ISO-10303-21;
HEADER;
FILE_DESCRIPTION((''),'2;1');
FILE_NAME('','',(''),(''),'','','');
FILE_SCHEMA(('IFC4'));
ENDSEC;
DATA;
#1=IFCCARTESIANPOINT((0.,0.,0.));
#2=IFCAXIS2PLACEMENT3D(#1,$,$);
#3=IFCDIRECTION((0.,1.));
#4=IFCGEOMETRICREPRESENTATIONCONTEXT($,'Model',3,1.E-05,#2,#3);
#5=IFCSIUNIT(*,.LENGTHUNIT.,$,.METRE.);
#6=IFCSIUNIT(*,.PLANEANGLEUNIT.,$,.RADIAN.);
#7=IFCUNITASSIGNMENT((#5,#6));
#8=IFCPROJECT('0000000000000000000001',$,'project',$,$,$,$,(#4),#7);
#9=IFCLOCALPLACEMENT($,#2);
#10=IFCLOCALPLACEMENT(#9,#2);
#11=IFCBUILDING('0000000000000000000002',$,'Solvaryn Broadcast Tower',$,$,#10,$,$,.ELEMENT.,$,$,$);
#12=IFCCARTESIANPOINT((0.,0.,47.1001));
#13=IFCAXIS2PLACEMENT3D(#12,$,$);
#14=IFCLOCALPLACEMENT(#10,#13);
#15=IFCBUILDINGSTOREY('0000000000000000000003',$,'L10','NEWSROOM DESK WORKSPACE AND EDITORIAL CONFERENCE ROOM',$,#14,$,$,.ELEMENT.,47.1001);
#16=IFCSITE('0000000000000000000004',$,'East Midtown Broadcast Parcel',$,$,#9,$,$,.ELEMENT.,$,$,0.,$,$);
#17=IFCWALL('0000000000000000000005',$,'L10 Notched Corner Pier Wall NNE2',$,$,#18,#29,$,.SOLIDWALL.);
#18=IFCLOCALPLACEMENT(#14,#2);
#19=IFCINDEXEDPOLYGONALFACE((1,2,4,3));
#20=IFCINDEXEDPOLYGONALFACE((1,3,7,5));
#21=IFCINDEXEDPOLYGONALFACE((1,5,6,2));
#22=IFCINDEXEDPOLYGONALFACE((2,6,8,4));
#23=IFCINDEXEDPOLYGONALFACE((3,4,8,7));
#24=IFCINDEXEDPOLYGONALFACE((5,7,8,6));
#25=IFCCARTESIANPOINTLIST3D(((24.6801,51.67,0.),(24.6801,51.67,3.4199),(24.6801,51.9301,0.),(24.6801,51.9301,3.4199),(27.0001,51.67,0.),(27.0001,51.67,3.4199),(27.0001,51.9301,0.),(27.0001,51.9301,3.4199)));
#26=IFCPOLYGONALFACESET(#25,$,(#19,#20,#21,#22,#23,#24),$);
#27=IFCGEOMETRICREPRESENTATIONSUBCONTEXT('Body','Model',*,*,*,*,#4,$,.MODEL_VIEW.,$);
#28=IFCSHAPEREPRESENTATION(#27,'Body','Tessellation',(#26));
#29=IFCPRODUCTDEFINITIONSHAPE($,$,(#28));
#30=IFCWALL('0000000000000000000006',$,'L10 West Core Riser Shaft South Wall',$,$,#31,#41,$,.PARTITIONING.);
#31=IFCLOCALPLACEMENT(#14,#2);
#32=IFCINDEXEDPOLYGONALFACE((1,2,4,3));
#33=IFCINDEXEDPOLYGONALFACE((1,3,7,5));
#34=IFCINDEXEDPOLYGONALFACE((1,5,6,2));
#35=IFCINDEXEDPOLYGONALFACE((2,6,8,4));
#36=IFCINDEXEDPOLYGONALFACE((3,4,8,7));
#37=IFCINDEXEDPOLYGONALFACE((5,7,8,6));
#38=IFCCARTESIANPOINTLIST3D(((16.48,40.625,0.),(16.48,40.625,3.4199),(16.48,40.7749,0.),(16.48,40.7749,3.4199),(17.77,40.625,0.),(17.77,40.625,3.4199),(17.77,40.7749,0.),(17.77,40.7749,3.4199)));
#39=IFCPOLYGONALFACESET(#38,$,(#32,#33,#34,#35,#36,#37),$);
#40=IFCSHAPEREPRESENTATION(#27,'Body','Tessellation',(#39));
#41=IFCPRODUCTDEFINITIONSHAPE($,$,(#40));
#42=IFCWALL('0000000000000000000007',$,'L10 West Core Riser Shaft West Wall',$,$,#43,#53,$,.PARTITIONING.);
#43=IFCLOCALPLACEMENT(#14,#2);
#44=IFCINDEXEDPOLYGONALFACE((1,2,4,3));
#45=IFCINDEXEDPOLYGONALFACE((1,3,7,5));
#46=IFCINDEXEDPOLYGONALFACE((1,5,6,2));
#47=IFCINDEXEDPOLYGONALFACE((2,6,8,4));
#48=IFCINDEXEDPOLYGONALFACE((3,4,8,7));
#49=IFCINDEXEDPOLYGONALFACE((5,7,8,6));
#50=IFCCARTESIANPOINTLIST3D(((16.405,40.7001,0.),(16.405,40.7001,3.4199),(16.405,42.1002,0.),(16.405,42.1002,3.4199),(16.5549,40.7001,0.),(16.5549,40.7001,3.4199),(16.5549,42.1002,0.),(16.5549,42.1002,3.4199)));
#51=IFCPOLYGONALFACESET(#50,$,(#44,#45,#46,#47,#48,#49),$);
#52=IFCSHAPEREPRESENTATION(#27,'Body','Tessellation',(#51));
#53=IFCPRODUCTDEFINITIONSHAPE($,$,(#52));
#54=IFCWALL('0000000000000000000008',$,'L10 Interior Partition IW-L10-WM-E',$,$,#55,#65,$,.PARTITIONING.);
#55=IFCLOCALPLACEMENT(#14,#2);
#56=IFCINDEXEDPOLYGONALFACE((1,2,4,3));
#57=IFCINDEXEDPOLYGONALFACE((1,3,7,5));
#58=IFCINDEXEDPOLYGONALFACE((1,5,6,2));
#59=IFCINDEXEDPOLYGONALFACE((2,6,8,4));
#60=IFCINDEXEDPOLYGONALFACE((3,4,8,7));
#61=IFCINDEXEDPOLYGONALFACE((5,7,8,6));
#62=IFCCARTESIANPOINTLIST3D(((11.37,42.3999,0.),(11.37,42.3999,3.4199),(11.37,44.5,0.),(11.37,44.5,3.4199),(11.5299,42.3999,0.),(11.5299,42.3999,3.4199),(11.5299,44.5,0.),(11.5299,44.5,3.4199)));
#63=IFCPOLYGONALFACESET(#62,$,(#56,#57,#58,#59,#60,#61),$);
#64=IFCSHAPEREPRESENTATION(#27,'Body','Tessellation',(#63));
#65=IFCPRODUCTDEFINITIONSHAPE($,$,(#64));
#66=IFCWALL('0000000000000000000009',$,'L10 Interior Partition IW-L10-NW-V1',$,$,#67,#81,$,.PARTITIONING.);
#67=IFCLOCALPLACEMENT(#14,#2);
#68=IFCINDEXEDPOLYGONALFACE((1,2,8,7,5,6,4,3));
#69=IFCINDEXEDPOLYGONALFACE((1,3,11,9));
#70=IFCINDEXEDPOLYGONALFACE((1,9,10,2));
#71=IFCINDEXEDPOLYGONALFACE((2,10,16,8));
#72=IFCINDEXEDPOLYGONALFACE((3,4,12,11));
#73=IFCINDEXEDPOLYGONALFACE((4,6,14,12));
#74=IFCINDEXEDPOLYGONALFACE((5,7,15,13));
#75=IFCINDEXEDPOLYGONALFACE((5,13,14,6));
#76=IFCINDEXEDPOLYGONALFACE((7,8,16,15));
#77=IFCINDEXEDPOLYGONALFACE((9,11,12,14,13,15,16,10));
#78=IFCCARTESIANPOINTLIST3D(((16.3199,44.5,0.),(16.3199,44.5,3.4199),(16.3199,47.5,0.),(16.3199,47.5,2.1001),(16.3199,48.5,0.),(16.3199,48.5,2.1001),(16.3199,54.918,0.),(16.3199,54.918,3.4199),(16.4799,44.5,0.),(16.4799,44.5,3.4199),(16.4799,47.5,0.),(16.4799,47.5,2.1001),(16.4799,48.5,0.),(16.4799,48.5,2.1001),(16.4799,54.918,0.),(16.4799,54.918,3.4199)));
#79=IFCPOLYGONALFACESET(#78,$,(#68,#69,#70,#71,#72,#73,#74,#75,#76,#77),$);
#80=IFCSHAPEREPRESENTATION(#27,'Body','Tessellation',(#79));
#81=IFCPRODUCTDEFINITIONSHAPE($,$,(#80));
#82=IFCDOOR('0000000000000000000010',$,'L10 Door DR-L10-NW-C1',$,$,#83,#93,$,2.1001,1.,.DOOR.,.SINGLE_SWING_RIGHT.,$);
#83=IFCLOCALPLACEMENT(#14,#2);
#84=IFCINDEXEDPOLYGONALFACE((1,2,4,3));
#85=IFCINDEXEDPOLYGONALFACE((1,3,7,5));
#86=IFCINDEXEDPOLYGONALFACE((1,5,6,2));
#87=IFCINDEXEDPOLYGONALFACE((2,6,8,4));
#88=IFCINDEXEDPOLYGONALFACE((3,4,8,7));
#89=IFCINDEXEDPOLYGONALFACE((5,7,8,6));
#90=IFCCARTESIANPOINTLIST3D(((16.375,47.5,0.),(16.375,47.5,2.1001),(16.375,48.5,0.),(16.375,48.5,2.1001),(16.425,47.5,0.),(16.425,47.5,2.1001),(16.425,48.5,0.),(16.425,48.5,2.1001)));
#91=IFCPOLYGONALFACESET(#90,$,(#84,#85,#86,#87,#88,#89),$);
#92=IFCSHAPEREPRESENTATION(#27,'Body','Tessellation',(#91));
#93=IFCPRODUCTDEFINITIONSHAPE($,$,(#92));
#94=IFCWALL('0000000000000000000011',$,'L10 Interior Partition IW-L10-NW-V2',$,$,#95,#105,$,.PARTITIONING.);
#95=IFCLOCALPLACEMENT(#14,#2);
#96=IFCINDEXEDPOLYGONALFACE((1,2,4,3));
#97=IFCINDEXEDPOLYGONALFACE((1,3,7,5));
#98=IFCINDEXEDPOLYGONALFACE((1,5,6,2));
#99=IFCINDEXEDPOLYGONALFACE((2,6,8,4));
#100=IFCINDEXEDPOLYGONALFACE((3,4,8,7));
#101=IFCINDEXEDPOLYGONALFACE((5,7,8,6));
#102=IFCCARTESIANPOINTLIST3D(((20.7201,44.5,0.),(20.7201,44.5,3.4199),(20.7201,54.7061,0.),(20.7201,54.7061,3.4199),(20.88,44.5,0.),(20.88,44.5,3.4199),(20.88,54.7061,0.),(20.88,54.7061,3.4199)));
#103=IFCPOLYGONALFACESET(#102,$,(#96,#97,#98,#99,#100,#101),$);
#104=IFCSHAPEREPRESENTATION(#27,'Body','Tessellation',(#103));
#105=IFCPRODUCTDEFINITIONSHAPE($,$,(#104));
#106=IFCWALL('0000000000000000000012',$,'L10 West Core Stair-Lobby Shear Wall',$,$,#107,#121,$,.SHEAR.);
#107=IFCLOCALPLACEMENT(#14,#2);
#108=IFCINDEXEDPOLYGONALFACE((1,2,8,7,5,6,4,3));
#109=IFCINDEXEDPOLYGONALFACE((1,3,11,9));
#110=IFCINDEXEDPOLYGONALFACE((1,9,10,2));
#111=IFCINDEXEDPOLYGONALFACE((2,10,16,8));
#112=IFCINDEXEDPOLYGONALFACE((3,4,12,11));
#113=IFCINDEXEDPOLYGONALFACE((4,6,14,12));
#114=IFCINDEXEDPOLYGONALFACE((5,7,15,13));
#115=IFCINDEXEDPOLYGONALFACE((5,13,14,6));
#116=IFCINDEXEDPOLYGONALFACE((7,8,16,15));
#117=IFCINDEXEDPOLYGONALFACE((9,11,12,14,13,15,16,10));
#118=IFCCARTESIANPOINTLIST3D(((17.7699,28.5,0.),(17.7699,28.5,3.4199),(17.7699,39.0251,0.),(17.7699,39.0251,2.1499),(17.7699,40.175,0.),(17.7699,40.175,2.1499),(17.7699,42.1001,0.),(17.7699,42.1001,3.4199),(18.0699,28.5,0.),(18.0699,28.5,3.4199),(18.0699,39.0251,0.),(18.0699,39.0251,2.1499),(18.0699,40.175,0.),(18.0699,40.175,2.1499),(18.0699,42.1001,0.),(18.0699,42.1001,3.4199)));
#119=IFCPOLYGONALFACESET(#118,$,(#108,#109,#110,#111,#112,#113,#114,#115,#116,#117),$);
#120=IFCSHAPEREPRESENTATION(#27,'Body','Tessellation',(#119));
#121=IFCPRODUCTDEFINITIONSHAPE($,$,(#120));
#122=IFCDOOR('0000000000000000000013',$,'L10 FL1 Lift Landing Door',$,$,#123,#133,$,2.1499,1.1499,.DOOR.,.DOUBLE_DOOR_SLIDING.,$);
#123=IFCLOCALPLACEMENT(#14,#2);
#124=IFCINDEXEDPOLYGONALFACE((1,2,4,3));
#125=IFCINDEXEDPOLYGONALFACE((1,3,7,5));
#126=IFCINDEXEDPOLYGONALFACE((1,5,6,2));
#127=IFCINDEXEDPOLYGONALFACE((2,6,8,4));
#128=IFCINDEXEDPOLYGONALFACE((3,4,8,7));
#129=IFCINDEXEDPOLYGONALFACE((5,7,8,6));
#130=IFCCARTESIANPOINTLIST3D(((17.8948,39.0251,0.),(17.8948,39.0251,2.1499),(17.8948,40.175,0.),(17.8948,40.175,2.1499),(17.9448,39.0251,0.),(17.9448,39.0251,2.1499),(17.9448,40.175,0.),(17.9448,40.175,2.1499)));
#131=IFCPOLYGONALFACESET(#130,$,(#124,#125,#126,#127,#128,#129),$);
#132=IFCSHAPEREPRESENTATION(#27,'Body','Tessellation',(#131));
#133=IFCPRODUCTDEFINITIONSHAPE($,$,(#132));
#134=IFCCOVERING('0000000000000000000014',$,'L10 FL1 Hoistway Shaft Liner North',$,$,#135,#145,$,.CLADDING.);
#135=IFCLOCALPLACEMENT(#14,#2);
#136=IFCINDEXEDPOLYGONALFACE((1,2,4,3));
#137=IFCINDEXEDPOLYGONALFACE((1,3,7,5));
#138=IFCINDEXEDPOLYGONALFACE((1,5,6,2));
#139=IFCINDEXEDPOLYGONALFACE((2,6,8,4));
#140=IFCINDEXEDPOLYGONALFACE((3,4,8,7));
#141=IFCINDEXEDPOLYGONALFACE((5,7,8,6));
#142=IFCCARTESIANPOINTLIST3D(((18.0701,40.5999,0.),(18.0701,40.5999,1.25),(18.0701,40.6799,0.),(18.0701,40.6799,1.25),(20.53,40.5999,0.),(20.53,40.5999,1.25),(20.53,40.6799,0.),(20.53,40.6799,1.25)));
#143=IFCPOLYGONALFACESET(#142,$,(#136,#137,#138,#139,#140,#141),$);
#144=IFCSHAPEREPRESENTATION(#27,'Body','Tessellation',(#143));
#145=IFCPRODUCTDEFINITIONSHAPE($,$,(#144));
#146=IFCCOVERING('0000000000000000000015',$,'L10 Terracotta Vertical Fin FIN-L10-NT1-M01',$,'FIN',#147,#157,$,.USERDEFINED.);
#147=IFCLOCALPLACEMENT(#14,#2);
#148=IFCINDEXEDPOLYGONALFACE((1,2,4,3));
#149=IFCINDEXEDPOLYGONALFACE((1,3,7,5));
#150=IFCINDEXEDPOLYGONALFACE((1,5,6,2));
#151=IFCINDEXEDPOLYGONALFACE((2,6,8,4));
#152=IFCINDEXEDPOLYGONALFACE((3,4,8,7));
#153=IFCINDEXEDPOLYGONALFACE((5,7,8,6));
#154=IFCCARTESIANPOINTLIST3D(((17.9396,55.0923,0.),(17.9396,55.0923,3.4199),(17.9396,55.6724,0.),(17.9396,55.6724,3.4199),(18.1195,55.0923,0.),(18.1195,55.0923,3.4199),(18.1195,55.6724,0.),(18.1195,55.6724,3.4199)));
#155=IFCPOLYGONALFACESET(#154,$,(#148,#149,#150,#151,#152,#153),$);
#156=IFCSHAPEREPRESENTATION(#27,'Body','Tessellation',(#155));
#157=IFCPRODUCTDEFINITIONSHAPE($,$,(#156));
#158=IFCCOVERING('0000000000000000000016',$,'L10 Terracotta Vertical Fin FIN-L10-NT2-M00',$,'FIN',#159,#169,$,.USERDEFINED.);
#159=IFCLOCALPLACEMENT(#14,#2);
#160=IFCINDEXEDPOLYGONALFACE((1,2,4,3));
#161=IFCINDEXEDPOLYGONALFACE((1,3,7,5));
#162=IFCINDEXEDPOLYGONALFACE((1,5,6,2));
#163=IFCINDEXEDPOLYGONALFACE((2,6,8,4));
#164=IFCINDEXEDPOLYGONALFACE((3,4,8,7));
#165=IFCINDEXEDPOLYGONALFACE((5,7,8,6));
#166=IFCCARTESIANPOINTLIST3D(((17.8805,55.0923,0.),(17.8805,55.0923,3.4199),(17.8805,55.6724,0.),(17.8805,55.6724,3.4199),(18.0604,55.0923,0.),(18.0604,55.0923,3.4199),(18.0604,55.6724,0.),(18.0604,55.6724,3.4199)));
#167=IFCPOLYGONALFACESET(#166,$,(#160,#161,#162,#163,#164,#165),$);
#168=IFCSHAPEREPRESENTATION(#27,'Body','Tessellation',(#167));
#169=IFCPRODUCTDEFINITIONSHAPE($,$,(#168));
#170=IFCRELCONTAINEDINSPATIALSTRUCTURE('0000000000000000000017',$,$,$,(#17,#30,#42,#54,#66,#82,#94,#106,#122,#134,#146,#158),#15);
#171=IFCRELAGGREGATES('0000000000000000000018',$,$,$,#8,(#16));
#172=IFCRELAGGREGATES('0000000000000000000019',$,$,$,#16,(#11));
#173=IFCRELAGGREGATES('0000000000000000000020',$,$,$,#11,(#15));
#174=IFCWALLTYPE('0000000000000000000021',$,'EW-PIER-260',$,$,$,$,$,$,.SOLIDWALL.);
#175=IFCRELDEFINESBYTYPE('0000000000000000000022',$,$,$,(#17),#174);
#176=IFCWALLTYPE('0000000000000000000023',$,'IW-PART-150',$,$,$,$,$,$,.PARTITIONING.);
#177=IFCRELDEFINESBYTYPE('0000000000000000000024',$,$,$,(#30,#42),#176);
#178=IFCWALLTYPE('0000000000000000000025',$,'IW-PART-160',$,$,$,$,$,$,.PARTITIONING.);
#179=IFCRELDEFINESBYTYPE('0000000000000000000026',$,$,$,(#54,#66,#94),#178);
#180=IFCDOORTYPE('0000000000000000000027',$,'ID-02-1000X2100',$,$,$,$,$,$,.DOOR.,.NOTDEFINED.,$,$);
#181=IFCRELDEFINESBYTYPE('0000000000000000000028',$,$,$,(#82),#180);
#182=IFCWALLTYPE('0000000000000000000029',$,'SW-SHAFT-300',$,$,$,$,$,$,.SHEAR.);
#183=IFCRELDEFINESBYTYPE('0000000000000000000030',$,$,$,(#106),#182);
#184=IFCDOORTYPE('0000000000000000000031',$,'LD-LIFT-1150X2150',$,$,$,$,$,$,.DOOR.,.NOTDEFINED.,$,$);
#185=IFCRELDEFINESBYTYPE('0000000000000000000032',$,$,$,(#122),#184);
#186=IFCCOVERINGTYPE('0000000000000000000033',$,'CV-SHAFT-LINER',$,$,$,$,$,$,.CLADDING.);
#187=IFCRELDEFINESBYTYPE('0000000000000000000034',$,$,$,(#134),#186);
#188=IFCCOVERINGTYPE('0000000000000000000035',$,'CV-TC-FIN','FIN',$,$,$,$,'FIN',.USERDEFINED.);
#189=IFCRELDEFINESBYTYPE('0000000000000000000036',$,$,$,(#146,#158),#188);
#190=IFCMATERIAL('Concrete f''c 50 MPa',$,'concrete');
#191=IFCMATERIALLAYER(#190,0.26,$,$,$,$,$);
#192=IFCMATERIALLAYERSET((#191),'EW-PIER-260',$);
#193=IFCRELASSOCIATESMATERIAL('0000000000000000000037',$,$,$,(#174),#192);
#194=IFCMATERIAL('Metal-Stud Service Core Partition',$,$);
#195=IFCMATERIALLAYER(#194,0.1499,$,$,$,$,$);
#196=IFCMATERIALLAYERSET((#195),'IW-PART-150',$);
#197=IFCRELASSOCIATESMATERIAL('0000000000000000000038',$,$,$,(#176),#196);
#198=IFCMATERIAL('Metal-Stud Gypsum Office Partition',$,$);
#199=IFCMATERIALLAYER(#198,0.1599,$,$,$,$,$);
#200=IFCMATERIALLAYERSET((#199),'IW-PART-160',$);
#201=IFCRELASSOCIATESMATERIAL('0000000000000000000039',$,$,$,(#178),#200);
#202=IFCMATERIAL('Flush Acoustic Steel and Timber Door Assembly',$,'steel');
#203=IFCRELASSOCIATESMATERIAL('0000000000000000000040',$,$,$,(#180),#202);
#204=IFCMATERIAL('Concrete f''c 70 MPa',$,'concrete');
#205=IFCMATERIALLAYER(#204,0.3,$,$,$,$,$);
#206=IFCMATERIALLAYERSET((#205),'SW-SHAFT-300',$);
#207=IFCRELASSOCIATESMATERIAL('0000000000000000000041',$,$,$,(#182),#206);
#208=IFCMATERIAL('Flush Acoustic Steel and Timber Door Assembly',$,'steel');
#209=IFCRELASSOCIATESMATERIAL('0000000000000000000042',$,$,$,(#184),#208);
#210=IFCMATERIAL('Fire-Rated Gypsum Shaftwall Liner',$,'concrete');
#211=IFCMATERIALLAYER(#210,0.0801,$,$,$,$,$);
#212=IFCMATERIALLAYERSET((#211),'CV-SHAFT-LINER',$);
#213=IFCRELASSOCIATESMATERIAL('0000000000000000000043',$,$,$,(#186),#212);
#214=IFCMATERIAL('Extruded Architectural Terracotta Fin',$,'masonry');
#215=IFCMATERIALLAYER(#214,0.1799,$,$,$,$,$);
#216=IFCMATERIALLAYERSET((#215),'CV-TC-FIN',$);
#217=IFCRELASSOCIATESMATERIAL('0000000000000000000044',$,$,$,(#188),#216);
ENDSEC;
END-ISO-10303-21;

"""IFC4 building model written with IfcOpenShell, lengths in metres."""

from ifc_helpers import new_model, si_unit, direction, frame, frame_2d, origin, origin_2d, place, context, subcontext, project, spatial, rectangle, extrude, material, layer, layer_set, type_object, element, fill, save


model = new_model("IFC4")

# Units and contexts
model_context = context("Model", 3, precision=1e-05, world=origin(), true_north=direction((0.0, 1.0)))
body_context = subcontext(model_context, "Body", "Model", "MODEL_VIEW")
ifc_project = project(units=[si_unit("LENGTHUNIT", "METRE"), si_unit("PLANEANGLEUNIT", "RADIAN")], contexts=[model_context])

# Site, building, storey
site_placement = place(None, origin())
site = spatial("IfcSite", under=ifc_project, at=site_placement, Name="East Midtown Broadcast Parcel", CompositionType="ELEMENT", RefElevation=0.0)
building_placement = place(site_placement, origin())
building = spatial("IfcBuilding", under=site, at=building_placement, Name="Solvaryn Broadcast Tower", CompositionType="ELEMENT")
storey_placement = place(building_placement, frame((0.0, 0.0, 47.1001)))
storey = spatial("IfcBuildingStorey", under=building, at=storey_placement, Name="L10", Description="NEWSROOM DESK WORKSPACE AND EDITORIAL CONFERENCE ROOM", CompositionType="ELEMENT", Elevation=47.1001)

# Walls
ifc_material_1 = material(Name="Concrete f'c 50 MPa", Category="concrete")
ifc_layer_1 = layer(ifc_material_1, 0.26)
ifc_layer_set_1 = layer_set([ifc_layer_1], Name="EW-PIER-260")
wall_type_1 = type_object("IfcWallType", Name="EW-PIER-260", PredefinedType="SOLIDWALL", material=ifc_layer_set_1)
wall_1_placement = place(storey_placement, frame((24.6799, 51.8, 0.0), z_axis=(0.0, 0.0, 1.0), x_axis=(1.0, 0.0, 0.0)))
element("IfcWall", 1, at=wall_1_placement, inside=storey, type_object=wall_type_1, Name="L10 Notched Corner Pier Wall NNE2", PredefinedType="SOLIDWALL", context=body_context, shape_type="SweptSolid", body=[
    extrude(rectangle(XDim=2.3201, YDim=0.26, at=frame_2d((1.1602, 0.0))), origin(), (0.0, 0.0, 1.0), 3.4199),
])
ifc_material_2 = material(Name="Metal-Stud Service Core Partition")
ifc_layer_2 = layer(ifc_material_2, 0.1499)
ifc_layer_set_2 = layer_set([ifc_layer_2], Name="IW-PART-150")
wall_type_2 = type_object("IfcWallType", Name="IW-PART-150", PredefinedType="PARTITIONING", material=ifc_layer_set_2)
wall_2_placement = place(storey_placement, frame((16.48, 40.7, 0.0), z_axis=(0.0, 0.0, 1.0), x_axis=(1.0, 0.0, 0.0)))
element("IfcWall", 2, at=wall_2_placement, inside=storey, type_object=wall_type_2, Name="L10 West Core Riser Shaft South Wall", PredefinedType="PARTITIONING", context=body_context, shape_type="SweptSolid", body=[
    extrude(rectangle(XDim=1.29, YDim=0.1499, at=frame_2d((0.645, 0.0))), origin(), (0.0, 0.0, 1.0), 3.4199),
])
wall_3_placement = place(storey_placement, frame((16.48, 40.7, 0.0), z_axis=(0.0, 0.0, 1.0), x_axis=(0.0, 1.0, 0.0)))
element("IfcWall", 3, at=wall_3_placement, inside=storey, type_object=wall_type_2, Name="L10 West Core Riser Shaft West Wall", PredefinedType="PARTITIONING", context=body_context, shape_type="SweptSolid", body=[
    extrude(rectangle(XDim=1.4001, YDim=0.1499, at=frame_2d((0.7002, 0.0))), origin(), (0.0, 0.0, 1.0), 3.4199),
])
ifc_material_3 = material(Name="Metal-Stud Gypsum Office Partition")
ifc_layer_3 = layer(ifc_material_3, 0.1599)
ifc_layer_set_3 = layer_set([ifc_layer_3], Name="IW-PART-160")
wall_type_3 = type_object("IfcWallType", Name="IW-PART-160", PredefinedType="PARTITIONING", material=ifc_layer_set_3)
wall_4_placement = place(storey_placement, frame((11.45, 42.3999, 0.0), z_axis=(0.0, 0.0, 1.0), x_axis=(0.0, 1.0, 0.0)))
element("IfcWall", 4, at=wall_4_placement, inside=storey, type_object=wall_type_3, Name="L10 Interior Partition IW-L10-WM-E", PredefinedType="PARTITIONING", context=body_context, shape_type="SweptSolid", body=[
    extrude(rectangle(XDim=2.1001, YDim=0.1599, at=frame_2d((1.05, 0.0))), origin(), (0.0, 0.0, 1.0), 3.4199),
])

# Wall, opening, door
wall_5_placement = place(storey_placement, frame((16.3999, 44.5, 0.0), z_axis=(0.0, 0.0, 1.0), x_axis=(0.0, 1.0, 0.0)))
wall_5 = element("IfcWall", 5, at=wall_5_placement, inside=storey, type_object=wall_type_3, Name="L10 Interior Partition IW-L10-NW-V1", PredefinedType="PARTITIONING", context=body_context, shape_type="SweptSolid", body=[
    extrude(rectangle(XDim=10.418, YDim=0.1599, at=frame_2d((5.209, 0.0))), origin(), (0.0, 0.0, 1.0), 3.4199),
])
opening_1_placement = place(wall_5_placement, frame((3.0, 0.0, 0.0)))
opening_1 = element("IfcOpeningElement", 6, at=opening_1_placement, cuts=wall_5, PredefinedType="OPENING", context=body_context, shape_type="SweptSolid", body=[
    extrude(rectangle(XDim=1.0, YDim=2.1001, at=frame_2d((0.5, 1.05))), frame((0.0, 0.0901, 0.0), z_axis=(0.0, -1.0, 0.0), x_axis=(1.0, 0.0, 0.0)), (0.0, 0.0, 1.0), 0.1799),
])
ifc_material_4 = material(Name="Flush Acoustic Steel and Timber Door Assembly", Category="steel")
door_type_1 = type_object("IfcDoorType", Name="ID-02-1000X2100", OperationType="NOTDEFINED", PredefinedType="DOOR", material=ifc_material_4)
door_1_placement = place(opening_1_placement, origin())
door_1 = element("IfcDoor", 7, at=door_1_placement, inside=storey, type_object=door_type_1, Name="L10 Door DR-L10-NW-C1", OperationType="SINGLE_SWING_RIGHT", OverallHeight=2.1001, OverallWidth=1.0, PredefinedType="DOOR", context=body_context, shape_type="SweptSolid", body=[
    extrude(rectangle(XDim=1.0, YDim=2.1001, at=frame_2d((0.5, 1.05))), frame((0.0, 0.0249, 0.0), z_axis=(0.0, -1.0, 0.0), x_axis=(1.0, 0.0, 0.0)), (0.0, 0.0, 1.0), 0.05),
])
fill(opening_1, door_1)

# Wall
wall_6_placement = place(storey_placement, frame((20.8, 44.5, 0.0), z_axis=(0.0, 0.0, 1.0), x_axis=(0.0, 1.0, 0.0)))
element("IfcWall", 8, at=wall_6_placement, inside=storey, type_object=wall_type_3, Name="L10 Interior Partition IW-L10-NW-V2", PredefinedType="PARTITIONING", context=body_context, shape_type="SweptSolid", body=[
    extrude(rectangle(XDim=10.2061, YDim=0.1599, at=frame_2d((5.103, 0.0))), origin(), (0.0, 0.0, 1.0), 3.4199),
])

# Wall, opening, door
ifc_material_5 = material(Name="Concrete f'c 70 MPa", Category="concrete")
ifc_layer_4 = layer(ifc_material_5, 0.3)
ifc_layer_set_4 = layer_set([ifc_layer_4], Name="SW-SHAFT-300")
wall_type_4 = type_object("IfcWallType", Name="SW-SHAFT-300", PredefinedType="SHEAR", material=ifc_layer_set_4)
wall_7_placement = place(storey_placement, frame((17.9199, 42.1001, 0.0), z_axis=(0.0, 0.0, 1.0), x_axis=(0.0, -1.0, 0.0)))
wall_7 = element("IfcWall", 9, at=wall_7_placement, inside=storey, type_object=wall_type_4, Name="L10 West Core Stair-Lobby Shear Wall", PredefinedType="SHEAR", context=body_context, shape_type="SweptSolid", body=[
    extrude(rectangle(XDim=13.6001, YDim=0.3, at=frame_2d((6.8, 0.0))), origin(), (0.0, 0.0, 1.0), 3.4199),
])
opening_2_placement = place(wall_7_placement, frame((1.925, 0.0, 0.0)))
opening_2 = element("IfcOpeningElement", 10, at=opening_2_placement, cuts=wall_7, PredefinedType="OPENING", context=body_context, shape_type="SweptSolid", body=[
    extrude(rectangle(XDim=1.1499, YDim=2.1499, at=frame_2d((0.575, 1.075))), frame((0.0, 0.1599, 0.0), z_axis=(0.0, -1.0, 0.0), x_axis=(1.0, 0.0, 0.0)), (0.0, 0.0, 1.0), 0.3201),
])
ifc_material_6 = material(Name="Flush Acoustic Steel and Timber Door Assembly", Category="steel")
door_type_2 = type_object("IfcDoorType", Name="LD-LIFT-1150X2150", OperationType="NOTDEFINED", PredefinedType="DOOR", material=ifc_material_6)
door_2_placement = place(opening_2_placement, origin())
door_2 = element("IfcDoor", 11, at=door_2_placement, inside=storey, type_object=door_type_2, Name="L10 FL1 Lift Landing Door", OperationType="DOUBLE_DOOR_SLIDING", OverallHeight=2.1499, OverallWidth=1.1499, PredefinedType="DOOR", context=body_context, shape_type="SweptSolid", body=[
    extrude(rectangle(XDim=1.1499, YDim=2.1499, at=frame_2d((0.575, 1.075))), frame((0.0, 0.0249, 0.0), z_axis=(0.0, -1.0, 0.0), x_axis=(1.0, 0.0, 0.0)), (0.0, 0.0, 1.0), 0.05),
])
fill(opening_2, door_2)

# Coverings
ifc_material_7 = material(Name="Fire-Rated Gypsum Shaftwall Liner", Category="concrete")
ifc_layer_5 = layer(ifc_material_7, 0.0801)
ifc_layer_set_5 = layer_set([ifc_layer_5], Name="CV-SHAFT-LINER")
covering_type_1 = type_object("IfcCoveringType", Name="CV-SHAFT-LINER", PredefinedType="CLADDING", material=ifc_layer_set_5)
covering_placement = place(storey_placement, frame((19.3, 40.6399, 0.0), z_axis=(0.0, 0.0, 1.0), x_axis=(1.0, 0.0, 0.0)))
element("IfcCovering", 12, at=covering_placement, inside=storey, type_object=covering_type_1, Name="L10 FL1 Hoistway Shaft Liner North", PredefinedType="CLADDING", context=body_context, shape_type="SweptSolid", body=[
    extrude(rectangle(XDim=2.46, YDim=0.0801, at=origin_2d()), origin(), (0.0, 0.0, 1.0), 1.25),
])
ifc_material_8 = material(Name="Extruded Architectural Terracotta Fin", Category="masonry")
ifc_layer_6 = layer(ifc_material_8, 0.1799)
ifc_layer_set_6 = layer_set([ifc_layer_6], Name="CV-TC-FIN")
covering_type_2 = type_object("IfcCoveringType", Name="CV-TC-FIN", Description="FIN", ElementType="FIN", PredefinedType="USERDEFINED", material=ifc_layer_set_6)
for number, where, z_axis, x_axis, name in (
    (13, (18.0295, 55.3823, 0.0), (0.0, 0.0, 1.0), (1.0, 0.0, 0.0), "L10 Terracotta Vertical Fin FIN-L10-NT1-M01"),
    (14, (17.9705, 55.3823, 0.0), (0.0, 0.0, 1.0), (1.0, 0.0, 0.0), "L10 Terracotta Vertical Fin FIN-L10-NT2-M00"),
):
    element("IfcCovering", number, at=place(storey_placement, frame(where, z_axis=z_axis, x_axis=x_axis)), inside=storey, type_object=covering_type_2, Name=name, ObjectType="FIN", PredefinedType="USERDEFINED", context=body_context, shape_type="SweptSolid", body=[
        extrude(rectangle(XDim=0.1799, YDim=0.5801, at=origin_2d()), origin(), (0.0, 0.0, 1.0), 3.4199),
    ])

save(model, "model.ifc")
